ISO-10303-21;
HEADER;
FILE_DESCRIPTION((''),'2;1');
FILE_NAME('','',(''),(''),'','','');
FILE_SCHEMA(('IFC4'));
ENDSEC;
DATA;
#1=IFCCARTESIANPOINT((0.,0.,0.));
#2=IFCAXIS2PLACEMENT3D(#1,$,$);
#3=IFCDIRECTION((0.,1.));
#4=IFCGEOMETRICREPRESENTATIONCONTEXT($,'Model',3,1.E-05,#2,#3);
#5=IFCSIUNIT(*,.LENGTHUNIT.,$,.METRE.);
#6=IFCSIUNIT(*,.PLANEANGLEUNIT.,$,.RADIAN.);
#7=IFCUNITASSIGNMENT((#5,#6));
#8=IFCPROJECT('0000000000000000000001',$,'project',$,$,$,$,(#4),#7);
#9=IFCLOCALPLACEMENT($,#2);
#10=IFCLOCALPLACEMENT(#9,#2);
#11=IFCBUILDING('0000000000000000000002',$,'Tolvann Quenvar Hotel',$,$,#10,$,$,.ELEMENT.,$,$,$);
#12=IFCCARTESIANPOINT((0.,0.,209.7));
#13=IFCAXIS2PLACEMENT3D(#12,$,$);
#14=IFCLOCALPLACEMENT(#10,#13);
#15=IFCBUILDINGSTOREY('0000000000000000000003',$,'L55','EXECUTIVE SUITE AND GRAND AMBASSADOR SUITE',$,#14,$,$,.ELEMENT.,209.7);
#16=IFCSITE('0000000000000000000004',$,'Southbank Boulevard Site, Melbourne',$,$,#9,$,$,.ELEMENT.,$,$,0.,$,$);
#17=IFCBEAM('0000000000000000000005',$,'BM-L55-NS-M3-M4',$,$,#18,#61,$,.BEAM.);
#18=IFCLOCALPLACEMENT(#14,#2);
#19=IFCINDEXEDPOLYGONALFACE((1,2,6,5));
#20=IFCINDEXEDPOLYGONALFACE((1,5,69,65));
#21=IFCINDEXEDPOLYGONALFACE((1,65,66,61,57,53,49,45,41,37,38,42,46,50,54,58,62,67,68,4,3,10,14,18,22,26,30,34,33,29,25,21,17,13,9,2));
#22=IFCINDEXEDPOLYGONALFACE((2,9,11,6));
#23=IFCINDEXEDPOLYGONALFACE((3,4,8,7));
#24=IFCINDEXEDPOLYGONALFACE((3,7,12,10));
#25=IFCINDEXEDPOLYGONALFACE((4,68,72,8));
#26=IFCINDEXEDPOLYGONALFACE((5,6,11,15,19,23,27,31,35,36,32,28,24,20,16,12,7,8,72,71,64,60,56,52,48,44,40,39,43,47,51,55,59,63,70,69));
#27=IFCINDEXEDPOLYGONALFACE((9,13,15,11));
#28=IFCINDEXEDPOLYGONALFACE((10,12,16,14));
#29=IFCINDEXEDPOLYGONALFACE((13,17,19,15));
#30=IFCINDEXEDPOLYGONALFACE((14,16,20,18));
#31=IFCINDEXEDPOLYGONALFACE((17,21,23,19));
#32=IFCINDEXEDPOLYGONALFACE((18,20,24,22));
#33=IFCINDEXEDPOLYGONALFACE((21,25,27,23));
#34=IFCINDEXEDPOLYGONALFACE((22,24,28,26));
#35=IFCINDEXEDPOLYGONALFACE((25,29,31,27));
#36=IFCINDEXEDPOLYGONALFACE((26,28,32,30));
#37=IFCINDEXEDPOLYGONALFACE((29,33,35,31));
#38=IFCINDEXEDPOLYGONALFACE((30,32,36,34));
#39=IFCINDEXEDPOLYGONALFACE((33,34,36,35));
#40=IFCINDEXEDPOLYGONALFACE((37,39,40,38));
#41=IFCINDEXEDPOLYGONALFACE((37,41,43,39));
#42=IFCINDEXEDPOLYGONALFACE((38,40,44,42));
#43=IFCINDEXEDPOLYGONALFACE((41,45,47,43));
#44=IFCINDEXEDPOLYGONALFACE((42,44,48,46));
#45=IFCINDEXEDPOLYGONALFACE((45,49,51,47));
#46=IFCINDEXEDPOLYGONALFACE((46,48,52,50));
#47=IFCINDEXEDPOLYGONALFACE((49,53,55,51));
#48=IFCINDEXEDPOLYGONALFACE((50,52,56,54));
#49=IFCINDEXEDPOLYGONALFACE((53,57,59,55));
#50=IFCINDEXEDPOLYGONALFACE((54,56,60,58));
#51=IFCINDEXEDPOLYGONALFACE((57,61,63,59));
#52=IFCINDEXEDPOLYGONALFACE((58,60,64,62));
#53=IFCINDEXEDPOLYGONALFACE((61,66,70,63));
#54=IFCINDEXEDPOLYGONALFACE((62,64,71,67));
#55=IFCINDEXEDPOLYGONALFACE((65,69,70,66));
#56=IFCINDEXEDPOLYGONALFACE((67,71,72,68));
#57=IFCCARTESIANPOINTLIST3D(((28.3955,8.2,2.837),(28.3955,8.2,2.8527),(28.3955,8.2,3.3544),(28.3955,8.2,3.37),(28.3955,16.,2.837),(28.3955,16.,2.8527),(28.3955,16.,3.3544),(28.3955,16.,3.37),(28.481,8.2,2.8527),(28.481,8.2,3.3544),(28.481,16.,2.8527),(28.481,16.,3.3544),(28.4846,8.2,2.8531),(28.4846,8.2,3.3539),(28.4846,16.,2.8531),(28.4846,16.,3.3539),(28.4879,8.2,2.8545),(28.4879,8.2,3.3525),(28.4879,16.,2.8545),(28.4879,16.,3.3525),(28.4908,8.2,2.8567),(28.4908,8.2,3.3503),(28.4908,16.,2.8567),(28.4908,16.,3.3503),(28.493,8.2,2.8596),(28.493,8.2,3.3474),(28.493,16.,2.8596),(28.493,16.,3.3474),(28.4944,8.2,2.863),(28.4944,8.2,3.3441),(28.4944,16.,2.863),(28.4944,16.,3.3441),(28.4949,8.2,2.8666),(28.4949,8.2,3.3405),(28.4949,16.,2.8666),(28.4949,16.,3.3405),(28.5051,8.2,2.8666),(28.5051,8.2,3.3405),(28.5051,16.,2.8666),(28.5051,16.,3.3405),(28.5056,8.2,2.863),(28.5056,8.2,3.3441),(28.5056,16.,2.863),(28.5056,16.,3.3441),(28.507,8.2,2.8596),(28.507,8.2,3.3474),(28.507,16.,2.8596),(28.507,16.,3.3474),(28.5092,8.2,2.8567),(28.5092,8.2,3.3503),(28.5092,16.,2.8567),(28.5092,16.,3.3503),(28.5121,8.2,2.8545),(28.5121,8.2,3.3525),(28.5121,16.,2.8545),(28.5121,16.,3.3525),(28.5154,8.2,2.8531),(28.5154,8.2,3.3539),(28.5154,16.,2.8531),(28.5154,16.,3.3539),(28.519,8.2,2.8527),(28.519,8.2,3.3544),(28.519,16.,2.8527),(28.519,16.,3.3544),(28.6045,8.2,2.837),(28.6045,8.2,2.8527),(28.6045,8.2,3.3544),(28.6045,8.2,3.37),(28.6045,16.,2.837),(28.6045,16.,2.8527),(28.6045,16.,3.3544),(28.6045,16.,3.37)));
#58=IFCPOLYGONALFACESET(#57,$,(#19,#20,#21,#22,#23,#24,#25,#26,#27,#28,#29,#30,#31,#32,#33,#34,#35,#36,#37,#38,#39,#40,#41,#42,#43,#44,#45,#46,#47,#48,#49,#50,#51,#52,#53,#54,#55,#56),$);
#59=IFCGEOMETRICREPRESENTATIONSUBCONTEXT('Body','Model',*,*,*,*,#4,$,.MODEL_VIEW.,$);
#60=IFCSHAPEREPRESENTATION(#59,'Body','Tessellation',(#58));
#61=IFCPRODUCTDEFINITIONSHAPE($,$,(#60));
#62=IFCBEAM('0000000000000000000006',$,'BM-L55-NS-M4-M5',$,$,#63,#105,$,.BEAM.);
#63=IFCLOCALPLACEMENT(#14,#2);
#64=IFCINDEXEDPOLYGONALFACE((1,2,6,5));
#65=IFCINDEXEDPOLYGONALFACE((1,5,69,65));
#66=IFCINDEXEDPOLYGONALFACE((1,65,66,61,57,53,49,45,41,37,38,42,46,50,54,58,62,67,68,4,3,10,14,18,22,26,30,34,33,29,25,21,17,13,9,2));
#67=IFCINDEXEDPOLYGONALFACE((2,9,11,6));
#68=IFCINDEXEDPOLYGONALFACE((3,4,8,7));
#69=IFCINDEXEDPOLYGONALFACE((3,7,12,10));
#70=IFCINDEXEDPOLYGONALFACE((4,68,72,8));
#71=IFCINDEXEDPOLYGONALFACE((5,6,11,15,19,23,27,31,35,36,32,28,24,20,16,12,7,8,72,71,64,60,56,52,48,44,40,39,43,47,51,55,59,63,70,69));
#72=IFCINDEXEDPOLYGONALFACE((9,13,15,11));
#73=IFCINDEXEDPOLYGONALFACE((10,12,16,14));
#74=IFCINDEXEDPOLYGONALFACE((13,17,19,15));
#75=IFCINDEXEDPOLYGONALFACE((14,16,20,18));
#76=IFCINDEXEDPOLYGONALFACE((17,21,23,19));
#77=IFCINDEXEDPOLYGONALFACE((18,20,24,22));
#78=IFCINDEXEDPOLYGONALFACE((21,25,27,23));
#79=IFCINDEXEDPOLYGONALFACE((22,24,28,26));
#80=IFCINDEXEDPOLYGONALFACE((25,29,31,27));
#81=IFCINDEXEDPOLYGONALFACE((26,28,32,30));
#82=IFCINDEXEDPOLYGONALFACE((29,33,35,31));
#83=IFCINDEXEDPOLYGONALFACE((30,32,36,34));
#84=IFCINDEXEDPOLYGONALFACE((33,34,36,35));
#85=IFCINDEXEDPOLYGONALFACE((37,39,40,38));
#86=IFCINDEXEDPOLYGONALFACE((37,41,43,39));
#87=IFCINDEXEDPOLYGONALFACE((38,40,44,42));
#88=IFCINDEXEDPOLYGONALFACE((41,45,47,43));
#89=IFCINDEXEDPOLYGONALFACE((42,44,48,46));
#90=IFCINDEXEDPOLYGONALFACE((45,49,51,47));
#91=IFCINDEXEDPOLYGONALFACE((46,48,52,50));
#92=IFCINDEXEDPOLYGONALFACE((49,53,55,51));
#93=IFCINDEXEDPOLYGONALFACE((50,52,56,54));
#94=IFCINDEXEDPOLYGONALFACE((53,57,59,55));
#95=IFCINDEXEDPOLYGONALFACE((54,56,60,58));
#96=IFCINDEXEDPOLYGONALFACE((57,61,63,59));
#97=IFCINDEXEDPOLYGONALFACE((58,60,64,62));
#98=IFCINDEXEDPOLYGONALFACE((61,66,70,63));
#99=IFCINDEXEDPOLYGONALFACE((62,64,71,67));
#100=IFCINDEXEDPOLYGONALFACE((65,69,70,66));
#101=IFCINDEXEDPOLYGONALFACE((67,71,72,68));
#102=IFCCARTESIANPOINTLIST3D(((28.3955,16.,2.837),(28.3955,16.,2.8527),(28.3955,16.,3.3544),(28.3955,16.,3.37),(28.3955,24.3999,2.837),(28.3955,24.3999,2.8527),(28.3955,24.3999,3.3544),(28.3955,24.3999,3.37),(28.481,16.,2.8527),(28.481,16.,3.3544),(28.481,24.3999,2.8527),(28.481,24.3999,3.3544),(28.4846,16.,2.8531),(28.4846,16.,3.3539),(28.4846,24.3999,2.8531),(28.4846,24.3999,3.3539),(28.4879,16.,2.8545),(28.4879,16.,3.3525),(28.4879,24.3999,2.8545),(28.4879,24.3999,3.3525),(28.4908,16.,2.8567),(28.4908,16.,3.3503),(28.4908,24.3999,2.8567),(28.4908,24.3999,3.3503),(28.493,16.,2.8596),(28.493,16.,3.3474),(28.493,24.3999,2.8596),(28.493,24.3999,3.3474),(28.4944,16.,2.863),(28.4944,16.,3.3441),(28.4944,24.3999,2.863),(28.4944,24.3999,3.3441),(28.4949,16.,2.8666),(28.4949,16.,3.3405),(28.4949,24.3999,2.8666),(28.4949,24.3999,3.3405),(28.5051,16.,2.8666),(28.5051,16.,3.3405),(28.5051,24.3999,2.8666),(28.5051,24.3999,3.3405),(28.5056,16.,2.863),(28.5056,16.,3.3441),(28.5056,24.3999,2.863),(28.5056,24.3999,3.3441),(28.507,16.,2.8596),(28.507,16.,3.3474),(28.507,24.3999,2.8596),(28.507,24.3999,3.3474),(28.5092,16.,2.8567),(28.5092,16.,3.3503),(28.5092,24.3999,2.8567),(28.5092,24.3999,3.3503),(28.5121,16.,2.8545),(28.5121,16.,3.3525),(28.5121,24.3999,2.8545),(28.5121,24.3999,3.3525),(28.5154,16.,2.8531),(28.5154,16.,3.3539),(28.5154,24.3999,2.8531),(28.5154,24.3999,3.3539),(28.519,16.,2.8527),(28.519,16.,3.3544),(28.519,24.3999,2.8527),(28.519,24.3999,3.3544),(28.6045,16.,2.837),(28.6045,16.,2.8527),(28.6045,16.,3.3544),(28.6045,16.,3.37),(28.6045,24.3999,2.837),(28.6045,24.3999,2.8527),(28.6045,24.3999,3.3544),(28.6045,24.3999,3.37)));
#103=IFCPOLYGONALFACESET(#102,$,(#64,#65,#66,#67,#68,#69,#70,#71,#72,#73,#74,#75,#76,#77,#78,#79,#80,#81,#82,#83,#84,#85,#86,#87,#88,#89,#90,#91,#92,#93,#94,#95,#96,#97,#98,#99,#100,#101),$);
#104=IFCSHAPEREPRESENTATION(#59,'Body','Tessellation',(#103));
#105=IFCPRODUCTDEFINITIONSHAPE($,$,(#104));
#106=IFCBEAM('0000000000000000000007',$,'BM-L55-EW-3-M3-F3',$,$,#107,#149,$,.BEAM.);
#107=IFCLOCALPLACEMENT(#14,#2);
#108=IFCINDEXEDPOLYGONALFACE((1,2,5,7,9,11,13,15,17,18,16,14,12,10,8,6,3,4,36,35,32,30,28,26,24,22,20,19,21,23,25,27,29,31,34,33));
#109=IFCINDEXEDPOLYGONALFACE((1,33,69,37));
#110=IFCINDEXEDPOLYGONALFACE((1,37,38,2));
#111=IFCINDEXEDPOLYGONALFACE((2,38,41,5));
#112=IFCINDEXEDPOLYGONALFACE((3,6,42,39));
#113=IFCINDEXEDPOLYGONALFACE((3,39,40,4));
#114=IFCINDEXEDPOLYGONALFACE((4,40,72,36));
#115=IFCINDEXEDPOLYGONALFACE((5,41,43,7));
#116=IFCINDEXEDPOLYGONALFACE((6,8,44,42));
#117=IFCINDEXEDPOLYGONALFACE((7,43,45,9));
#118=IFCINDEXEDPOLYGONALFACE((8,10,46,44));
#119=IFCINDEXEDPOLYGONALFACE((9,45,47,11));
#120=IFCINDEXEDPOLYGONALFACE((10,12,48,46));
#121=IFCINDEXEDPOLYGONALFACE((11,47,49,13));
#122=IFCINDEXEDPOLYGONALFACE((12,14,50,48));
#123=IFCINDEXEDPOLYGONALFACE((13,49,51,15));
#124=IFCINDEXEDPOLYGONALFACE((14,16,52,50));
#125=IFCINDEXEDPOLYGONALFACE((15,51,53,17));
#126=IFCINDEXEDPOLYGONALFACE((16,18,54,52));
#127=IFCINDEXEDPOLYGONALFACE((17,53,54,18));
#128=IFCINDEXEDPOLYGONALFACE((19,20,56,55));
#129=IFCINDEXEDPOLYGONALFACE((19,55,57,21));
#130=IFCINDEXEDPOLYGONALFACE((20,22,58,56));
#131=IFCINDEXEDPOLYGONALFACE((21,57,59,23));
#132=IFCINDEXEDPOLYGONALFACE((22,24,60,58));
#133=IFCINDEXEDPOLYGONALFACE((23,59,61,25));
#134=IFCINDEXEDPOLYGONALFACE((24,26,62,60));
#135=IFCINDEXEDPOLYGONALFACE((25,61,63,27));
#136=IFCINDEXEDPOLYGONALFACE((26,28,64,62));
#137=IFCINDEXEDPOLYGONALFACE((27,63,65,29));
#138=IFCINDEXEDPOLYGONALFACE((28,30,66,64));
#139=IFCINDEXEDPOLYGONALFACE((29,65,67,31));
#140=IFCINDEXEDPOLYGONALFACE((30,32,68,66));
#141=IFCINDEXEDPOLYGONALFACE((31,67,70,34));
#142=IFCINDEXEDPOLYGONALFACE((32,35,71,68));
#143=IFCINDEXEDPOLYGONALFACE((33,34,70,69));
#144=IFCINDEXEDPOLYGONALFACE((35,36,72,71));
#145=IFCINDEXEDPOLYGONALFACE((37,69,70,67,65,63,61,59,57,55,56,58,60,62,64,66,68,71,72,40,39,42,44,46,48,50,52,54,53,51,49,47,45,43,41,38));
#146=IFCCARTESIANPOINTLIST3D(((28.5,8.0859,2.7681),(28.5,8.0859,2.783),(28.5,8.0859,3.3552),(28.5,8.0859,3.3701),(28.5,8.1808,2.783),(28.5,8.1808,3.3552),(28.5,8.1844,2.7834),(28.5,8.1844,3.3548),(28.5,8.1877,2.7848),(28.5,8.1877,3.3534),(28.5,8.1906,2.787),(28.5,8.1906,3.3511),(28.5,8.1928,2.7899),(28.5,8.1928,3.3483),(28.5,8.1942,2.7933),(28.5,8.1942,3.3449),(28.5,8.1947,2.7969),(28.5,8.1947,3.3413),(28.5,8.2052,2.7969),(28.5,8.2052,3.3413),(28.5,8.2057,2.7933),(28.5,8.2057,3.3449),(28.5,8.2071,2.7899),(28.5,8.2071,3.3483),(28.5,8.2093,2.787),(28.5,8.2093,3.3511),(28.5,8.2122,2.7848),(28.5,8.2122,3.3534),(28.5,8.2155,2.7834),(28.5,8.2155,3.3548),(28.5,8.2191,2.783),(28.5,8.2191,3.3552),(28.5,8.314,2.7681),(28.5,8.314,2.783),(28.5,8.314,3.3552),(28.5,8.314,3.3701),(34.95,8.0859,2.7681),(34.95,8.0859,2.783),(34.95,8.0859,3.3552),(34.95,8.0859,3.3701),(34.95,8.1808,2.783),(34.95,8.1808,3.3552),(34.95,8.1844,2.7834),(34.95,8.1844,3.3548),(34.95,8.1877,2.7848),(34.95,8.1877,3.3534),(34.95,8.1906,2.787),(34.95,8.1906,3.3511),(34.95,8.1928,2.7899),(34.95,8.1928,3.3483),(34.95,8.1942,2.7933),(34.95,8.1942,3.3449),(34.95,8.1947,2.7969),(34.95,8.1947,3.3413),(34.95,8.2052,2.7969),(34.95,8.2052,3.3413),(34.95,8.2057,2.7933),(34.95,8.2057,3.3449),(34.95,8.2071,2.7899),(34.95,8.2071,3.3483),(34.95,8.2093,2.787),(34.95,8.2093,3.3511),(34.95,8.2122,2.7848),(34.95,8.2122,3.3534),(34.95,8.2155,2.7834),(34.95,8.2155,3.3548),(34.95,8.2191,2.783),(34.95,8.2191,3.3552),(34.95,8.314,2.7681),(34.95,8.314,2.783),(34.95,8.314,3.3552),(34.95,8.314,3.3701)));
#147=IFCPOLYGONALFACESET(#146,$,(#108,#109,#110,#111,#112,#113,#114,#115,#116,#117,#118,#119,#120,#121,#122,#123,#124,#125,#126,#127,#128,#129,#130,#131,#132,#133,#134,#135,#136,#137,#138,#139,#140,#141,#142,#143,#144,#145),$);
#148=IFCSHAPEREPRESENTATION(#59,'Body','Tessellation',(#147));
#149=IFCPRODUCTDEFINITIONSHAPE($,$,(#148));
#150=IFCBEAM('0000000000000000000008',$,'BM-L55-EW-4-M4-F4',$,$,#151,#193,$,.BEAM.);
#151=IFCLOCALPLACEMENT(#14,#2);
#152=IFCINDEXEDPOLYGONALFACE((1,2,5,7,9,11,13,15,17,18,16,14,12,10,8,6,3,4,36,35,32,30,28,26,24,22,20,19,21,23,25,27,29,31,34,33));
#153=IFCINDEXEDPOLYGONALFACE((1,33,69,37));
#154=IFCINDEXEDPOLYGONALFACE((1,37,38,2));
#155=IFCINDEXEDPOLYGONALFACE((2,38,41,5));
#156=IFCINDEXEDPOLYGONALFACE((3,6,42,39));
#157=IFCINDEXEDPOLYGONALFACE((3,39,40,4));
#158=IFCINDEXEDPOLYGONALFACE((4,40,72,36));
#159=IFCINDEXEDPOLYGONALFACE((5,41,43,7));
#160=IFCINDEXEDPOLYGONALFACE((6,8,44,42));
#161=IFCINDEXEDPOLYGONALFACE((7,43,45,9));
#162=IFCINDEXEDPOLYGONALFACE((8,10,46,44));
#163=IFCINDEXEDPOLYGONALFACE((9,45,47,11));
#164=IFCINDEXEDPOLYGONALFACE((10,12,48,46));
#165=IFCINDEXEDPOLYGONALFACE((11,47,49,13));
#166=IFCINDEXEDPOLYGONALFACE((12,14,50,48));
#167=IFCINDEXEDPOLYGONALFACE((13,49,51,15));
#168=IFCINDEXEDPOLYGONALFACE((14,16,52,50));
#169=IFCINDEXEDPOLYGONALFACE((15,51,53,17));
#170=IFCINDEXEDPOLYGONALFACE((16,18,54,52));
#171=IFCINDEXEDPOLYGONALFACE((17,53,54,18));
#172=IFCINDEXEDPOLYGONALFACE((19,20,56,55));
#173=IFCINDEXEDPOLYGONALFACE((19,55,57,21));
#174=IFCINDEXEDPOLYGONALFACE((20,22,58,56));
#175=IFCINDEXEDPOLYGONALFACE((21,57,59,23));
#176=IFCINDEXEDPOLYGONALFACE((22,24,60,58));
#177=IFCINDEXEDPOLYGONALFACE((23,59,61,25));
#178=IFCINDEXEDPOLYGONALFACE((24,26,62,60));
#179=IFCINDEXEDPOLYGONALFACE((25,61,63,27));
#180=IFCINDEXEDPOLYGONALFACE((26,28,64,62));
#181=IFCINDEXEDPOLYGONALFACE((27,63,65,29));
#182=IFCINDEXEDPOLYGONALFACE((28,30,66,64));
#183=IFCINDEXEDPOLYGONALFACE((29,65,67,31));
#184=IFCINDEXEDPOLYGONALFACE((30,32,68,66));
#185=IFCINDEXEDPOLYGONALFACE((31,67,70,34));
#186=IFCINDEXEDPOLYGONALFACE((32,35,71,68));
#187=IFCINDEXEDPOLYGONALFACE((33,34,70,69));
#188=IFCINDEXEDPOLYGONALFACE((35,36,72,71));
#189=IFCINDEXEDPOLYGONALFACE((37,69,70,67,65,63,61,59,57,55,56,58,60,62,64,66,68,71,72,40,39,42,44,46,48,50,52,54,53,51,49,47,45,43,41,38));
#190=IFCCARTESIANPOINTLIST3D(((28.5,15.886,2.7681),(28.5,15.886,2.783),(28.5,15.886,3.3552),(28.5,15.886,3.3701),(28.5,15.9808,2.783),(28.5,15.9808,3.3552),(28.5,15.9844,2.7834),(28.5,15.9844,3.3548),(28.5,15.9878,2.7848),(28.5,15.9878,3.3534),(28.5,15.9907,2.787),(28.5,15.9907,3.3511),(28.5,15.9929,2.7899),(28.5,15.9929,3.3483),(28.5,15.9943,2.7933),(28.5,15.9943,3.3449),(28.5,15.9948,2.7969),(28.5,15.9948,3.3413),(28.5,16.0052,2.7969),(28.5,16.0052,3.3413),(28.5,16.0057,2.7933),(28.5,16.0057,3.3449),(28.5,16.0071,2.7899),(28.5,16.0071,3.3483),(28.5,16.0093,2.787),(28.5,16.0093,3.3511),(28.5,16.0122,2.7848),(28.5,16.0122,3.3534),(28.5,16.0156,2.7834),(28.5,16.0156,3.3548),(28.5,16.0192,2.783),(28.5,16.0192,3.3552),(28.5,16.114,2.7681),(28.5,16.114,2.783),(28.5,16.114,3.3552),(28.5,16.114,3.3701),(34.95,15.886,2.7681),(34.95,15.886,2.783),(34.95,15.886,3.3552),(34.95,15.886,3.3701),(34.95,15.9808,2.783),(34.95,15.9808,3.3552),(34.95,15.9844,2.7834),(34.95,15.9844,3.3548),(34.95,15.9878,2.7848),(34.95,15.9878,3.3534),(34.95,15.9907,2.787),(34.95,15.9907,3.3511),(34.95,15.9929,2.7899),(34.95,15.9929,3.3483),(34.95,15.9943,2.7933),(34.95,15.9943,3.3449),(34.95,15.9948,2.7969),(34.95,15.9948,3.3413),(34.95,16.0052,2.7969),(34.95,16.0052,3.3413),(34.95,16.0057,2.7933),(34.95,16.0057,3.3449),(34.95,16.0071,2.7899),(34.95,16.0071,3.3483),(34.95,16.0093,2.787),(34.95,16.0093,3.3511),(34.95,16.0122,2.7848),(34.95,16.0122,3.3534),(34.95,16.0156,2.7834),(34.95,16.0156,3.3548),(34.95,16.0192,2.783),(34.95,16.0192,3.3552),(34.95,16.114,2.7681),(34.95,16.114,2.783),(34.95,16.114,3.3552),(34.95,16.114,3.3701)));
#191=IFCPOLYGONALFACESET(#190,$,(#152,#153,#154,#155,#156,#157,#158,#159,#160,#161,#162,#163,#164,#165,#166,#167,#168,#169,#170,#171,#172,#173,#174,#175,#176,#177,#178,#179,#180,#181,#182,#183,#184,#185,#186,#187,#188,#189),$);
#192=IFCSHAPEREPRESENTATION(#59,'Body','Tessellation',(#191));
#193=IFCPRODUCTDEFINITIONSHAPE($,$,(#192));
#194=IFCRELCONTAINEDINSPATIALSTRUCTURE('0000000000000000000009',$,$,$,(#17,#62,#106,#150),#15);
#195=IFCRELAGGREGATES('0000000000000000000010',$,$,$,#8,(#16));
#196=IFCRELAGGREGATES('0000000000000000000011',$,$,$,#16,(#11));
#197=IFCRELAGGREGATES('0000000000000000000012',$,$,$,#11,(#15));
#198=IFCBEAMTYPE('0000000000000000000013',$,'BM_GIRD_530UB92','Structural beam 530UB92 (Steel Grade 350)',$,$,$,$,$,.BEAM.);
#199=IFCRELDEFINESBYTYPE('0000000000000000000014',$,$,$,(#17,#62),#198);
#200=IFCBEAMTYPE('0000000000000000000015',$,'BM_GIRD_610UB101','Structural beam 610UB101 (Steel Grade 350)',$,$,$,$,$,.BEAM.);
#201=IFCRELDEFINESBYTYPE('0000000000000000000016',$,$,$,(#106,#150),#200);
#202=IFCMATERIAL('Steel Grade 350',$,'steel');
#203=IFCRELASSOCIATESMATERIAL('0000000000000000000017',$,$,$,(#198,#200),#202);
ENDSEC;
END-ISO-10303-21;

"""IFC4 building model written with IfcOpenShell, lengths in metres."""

from ifc_helpers import new_model, si_unit, direction, frame, origin, origin_2d, place, context, subcontext, project, spatial, i_section, extrude, source, transform, mapped, material, material_profile, profile_set, type_object, element, save


model = new_model("IFC4")

# Units and contexts
model_context = context("Model", 3, precision=1e-05, world=origin(), true_north=direction((0.0, 1.0)))
body_context = subcontext(model_context, "Body", "Model", "MODEL_VIEW")
ifc_project = project(units=[si_unit("LENGTHUNIT", "METRE"), si_unit("PLANEANGLEUNIT", "RADIAN")], contexts=[model_context])

# Site, building, storey
site_placement = place(None, origin())
site = spatial("IfcSite", under=ifc_project, at=site_placement, Name="Southbank Boulevard Site, Melbourne", CompositionType="ELEMENT", RefElevation=0.0)
building_placement = place(site_placement, origin())
building = spatial("IfcBuilding", under=site, at=building_placement, Name="Tolvann Quenvar Hotel", CompositionType="ELEMENT")
storey_placement = place(building_placement, frame((0.0, 0.0, 209.7)))
storey = spatial("IfcBuildingStorey", under=building, at=storey_placement, Name="L55", Description="EXECUTIVE SUITE AND GRAND AMBASSADOR SUITE", CompositionType="ELEMENT", Elevation=209.7)

# Shared definitions
ifc_material_1 = material(Name="Steel Grade 350", Category="steel")

# Beams
ifc_material_profile_1 = material_profile(ifc_material_1, i_section(OverallWidth=0.209, OverallDepth=0.533, WebThickness=0.0103, FlangeThickness=0.0156, FilletRadius=0.0139, at=origin_2d()), Name="530UB92")
ifc_profile_set_1 = profile_set([ifc_material_profile_1], Name="Steel Grade 350")
beam_type_1 = type_object("IfcBeamType", Name="BM_GIRD_530UB92", Description="Structural beam 530UB92 (Steel Grade 350)", PredefinedType="BEAM", material=ifc_profile_set_1)
shared_shape_1 = source(origin(), body_context, "Body", "SweptSolid", [
    extrude(i_section(OverallWidth=0.209, OverallDepth=0.533, WebThickness=0.0103, FlangeThickness=0.0156, FilletRadius=0.0139, at=origin_2d()), origin(), (0.0, 0.0, 1.0), 7.8),
])
beam_1_placement = place(storey_placement, frame((28.5, 8.2, 3.1035), z_axis=(0.0, 1.0, 0.0), x_axis=(-1.0, 0.0, 0.0)))
element("IfcBeam", 1, at=beam_1_placement, inside=storey, type_object=beam_type_1, Name="BM-L55-NS-M3-M4", PredefinedType="BEAM", context=body_context, shape_type="MappedRepresentation", body=[
    mapped(shared_shape_1, transform((0.0, 0.0, 0.0), x_axis=(1.0, 0.0, 0.0), y_axis=(0.0, 1.0, 0.0), z_axis=(0.0, 0.0, 1.0), scale=1.0)),
])
shared_shape_2 = source(origin(), body_context, "Body", "SweptSolid", [
    extrude(i_section(OverallWidth=0.209, OverallDepth=0.533, WebThickness=0.0103, FlangeThickness=0.0156, FilletRadius=0.0139, at=origin_2d()), origin(), (0.0, 0.0, 1.0), 8.3999),
])
beam_2_placement = place(storey_placement, frame((28.5, 16.0, 3.1035), z_axis=(0.0, 1.0, 0.0), x_axis=(-1.0, 0.0, 0.0)))
element("IfcBeam", 2, at=beam_2_placement, inside=storey, type_object=beam_type_1, Name="BM-L55-NS-M4-M5", PredefinedType="BEAM", context=body_context, shape_type="MappedRepresentation", body=[
    mapped(shared_shape_2, transform((0.0, 0.0, 0.0), x_axis=(1.0, 0.0, 0.0), y_axis=(0.0, 1.0, 0.0), z_axis=(0.0, 0.0, 1.0), scale=1.0)),
])
ifc_material_profile_2 = material_profile(ifc_material_1, i_section(OverallWidth=0.228, OverallDepth=0.6021, WebThickness=0.0105, FlangeThickness=0.0149, FilletRadius=0.0139, at=origin_2d()), Name="610UB101")
ifc_profile_set_2 = profile_set([ifc_material_profile_2], Name="Steel Grade 350")
beam_type_2 = type_object("IfcBeamType", Name="BM_GIRD_610UB101", Description="Structural beam 610UB101 (Steel Grade 350)", PredefinedType="BEAM", material=ifc_profile_set_2)
shared_shape_3 = source(origin(), body_context, "Body", "SweptSolid", [
    extrude(i_section(OverallWidth=0.228, OverallDepth=0.6021, WebThickness=0.0105, FlangeThickness=0.0149, FilletRadius=0.0139, at=origin_2d()), origin(), (0.0, 0.0, 1.0), 6.45),
])
for number, where, z_axis, x_axis, name in (
    (3, (28.5, 8.2, 3.0691), (1.0, 0.0, 0.0), (0.0, 1.0, 0.0), "BM-L55-EW-3-M3-F3"),
    (4, (28.5, 16.0, 3.0691), (1.0, 0.0, 0.0), (0.0, 1.0, 0.0), "BM-L55-EW-4-M4-F4"),
):
    element("IfcBeam", number, at=place(storey_placement, frame(where, z_axis=z_axis, x_axis=x_axis)), inside=storey, type_object=beam_type_2, Name=name, PredefinedType="BEAM", context=body_context, shape_type="MappedRepresentation", body=[
        mapped(shared_shape_3, transform((0.0, 0.0, 0.0), x_axis=(1.0, 0.0, 0.0), y_axis=(0.0, 1.0, 0.0), z_axis=(0.0, 0.0, 1.0), scale=1.0)),
    ])

save(model, "model.ifc")
